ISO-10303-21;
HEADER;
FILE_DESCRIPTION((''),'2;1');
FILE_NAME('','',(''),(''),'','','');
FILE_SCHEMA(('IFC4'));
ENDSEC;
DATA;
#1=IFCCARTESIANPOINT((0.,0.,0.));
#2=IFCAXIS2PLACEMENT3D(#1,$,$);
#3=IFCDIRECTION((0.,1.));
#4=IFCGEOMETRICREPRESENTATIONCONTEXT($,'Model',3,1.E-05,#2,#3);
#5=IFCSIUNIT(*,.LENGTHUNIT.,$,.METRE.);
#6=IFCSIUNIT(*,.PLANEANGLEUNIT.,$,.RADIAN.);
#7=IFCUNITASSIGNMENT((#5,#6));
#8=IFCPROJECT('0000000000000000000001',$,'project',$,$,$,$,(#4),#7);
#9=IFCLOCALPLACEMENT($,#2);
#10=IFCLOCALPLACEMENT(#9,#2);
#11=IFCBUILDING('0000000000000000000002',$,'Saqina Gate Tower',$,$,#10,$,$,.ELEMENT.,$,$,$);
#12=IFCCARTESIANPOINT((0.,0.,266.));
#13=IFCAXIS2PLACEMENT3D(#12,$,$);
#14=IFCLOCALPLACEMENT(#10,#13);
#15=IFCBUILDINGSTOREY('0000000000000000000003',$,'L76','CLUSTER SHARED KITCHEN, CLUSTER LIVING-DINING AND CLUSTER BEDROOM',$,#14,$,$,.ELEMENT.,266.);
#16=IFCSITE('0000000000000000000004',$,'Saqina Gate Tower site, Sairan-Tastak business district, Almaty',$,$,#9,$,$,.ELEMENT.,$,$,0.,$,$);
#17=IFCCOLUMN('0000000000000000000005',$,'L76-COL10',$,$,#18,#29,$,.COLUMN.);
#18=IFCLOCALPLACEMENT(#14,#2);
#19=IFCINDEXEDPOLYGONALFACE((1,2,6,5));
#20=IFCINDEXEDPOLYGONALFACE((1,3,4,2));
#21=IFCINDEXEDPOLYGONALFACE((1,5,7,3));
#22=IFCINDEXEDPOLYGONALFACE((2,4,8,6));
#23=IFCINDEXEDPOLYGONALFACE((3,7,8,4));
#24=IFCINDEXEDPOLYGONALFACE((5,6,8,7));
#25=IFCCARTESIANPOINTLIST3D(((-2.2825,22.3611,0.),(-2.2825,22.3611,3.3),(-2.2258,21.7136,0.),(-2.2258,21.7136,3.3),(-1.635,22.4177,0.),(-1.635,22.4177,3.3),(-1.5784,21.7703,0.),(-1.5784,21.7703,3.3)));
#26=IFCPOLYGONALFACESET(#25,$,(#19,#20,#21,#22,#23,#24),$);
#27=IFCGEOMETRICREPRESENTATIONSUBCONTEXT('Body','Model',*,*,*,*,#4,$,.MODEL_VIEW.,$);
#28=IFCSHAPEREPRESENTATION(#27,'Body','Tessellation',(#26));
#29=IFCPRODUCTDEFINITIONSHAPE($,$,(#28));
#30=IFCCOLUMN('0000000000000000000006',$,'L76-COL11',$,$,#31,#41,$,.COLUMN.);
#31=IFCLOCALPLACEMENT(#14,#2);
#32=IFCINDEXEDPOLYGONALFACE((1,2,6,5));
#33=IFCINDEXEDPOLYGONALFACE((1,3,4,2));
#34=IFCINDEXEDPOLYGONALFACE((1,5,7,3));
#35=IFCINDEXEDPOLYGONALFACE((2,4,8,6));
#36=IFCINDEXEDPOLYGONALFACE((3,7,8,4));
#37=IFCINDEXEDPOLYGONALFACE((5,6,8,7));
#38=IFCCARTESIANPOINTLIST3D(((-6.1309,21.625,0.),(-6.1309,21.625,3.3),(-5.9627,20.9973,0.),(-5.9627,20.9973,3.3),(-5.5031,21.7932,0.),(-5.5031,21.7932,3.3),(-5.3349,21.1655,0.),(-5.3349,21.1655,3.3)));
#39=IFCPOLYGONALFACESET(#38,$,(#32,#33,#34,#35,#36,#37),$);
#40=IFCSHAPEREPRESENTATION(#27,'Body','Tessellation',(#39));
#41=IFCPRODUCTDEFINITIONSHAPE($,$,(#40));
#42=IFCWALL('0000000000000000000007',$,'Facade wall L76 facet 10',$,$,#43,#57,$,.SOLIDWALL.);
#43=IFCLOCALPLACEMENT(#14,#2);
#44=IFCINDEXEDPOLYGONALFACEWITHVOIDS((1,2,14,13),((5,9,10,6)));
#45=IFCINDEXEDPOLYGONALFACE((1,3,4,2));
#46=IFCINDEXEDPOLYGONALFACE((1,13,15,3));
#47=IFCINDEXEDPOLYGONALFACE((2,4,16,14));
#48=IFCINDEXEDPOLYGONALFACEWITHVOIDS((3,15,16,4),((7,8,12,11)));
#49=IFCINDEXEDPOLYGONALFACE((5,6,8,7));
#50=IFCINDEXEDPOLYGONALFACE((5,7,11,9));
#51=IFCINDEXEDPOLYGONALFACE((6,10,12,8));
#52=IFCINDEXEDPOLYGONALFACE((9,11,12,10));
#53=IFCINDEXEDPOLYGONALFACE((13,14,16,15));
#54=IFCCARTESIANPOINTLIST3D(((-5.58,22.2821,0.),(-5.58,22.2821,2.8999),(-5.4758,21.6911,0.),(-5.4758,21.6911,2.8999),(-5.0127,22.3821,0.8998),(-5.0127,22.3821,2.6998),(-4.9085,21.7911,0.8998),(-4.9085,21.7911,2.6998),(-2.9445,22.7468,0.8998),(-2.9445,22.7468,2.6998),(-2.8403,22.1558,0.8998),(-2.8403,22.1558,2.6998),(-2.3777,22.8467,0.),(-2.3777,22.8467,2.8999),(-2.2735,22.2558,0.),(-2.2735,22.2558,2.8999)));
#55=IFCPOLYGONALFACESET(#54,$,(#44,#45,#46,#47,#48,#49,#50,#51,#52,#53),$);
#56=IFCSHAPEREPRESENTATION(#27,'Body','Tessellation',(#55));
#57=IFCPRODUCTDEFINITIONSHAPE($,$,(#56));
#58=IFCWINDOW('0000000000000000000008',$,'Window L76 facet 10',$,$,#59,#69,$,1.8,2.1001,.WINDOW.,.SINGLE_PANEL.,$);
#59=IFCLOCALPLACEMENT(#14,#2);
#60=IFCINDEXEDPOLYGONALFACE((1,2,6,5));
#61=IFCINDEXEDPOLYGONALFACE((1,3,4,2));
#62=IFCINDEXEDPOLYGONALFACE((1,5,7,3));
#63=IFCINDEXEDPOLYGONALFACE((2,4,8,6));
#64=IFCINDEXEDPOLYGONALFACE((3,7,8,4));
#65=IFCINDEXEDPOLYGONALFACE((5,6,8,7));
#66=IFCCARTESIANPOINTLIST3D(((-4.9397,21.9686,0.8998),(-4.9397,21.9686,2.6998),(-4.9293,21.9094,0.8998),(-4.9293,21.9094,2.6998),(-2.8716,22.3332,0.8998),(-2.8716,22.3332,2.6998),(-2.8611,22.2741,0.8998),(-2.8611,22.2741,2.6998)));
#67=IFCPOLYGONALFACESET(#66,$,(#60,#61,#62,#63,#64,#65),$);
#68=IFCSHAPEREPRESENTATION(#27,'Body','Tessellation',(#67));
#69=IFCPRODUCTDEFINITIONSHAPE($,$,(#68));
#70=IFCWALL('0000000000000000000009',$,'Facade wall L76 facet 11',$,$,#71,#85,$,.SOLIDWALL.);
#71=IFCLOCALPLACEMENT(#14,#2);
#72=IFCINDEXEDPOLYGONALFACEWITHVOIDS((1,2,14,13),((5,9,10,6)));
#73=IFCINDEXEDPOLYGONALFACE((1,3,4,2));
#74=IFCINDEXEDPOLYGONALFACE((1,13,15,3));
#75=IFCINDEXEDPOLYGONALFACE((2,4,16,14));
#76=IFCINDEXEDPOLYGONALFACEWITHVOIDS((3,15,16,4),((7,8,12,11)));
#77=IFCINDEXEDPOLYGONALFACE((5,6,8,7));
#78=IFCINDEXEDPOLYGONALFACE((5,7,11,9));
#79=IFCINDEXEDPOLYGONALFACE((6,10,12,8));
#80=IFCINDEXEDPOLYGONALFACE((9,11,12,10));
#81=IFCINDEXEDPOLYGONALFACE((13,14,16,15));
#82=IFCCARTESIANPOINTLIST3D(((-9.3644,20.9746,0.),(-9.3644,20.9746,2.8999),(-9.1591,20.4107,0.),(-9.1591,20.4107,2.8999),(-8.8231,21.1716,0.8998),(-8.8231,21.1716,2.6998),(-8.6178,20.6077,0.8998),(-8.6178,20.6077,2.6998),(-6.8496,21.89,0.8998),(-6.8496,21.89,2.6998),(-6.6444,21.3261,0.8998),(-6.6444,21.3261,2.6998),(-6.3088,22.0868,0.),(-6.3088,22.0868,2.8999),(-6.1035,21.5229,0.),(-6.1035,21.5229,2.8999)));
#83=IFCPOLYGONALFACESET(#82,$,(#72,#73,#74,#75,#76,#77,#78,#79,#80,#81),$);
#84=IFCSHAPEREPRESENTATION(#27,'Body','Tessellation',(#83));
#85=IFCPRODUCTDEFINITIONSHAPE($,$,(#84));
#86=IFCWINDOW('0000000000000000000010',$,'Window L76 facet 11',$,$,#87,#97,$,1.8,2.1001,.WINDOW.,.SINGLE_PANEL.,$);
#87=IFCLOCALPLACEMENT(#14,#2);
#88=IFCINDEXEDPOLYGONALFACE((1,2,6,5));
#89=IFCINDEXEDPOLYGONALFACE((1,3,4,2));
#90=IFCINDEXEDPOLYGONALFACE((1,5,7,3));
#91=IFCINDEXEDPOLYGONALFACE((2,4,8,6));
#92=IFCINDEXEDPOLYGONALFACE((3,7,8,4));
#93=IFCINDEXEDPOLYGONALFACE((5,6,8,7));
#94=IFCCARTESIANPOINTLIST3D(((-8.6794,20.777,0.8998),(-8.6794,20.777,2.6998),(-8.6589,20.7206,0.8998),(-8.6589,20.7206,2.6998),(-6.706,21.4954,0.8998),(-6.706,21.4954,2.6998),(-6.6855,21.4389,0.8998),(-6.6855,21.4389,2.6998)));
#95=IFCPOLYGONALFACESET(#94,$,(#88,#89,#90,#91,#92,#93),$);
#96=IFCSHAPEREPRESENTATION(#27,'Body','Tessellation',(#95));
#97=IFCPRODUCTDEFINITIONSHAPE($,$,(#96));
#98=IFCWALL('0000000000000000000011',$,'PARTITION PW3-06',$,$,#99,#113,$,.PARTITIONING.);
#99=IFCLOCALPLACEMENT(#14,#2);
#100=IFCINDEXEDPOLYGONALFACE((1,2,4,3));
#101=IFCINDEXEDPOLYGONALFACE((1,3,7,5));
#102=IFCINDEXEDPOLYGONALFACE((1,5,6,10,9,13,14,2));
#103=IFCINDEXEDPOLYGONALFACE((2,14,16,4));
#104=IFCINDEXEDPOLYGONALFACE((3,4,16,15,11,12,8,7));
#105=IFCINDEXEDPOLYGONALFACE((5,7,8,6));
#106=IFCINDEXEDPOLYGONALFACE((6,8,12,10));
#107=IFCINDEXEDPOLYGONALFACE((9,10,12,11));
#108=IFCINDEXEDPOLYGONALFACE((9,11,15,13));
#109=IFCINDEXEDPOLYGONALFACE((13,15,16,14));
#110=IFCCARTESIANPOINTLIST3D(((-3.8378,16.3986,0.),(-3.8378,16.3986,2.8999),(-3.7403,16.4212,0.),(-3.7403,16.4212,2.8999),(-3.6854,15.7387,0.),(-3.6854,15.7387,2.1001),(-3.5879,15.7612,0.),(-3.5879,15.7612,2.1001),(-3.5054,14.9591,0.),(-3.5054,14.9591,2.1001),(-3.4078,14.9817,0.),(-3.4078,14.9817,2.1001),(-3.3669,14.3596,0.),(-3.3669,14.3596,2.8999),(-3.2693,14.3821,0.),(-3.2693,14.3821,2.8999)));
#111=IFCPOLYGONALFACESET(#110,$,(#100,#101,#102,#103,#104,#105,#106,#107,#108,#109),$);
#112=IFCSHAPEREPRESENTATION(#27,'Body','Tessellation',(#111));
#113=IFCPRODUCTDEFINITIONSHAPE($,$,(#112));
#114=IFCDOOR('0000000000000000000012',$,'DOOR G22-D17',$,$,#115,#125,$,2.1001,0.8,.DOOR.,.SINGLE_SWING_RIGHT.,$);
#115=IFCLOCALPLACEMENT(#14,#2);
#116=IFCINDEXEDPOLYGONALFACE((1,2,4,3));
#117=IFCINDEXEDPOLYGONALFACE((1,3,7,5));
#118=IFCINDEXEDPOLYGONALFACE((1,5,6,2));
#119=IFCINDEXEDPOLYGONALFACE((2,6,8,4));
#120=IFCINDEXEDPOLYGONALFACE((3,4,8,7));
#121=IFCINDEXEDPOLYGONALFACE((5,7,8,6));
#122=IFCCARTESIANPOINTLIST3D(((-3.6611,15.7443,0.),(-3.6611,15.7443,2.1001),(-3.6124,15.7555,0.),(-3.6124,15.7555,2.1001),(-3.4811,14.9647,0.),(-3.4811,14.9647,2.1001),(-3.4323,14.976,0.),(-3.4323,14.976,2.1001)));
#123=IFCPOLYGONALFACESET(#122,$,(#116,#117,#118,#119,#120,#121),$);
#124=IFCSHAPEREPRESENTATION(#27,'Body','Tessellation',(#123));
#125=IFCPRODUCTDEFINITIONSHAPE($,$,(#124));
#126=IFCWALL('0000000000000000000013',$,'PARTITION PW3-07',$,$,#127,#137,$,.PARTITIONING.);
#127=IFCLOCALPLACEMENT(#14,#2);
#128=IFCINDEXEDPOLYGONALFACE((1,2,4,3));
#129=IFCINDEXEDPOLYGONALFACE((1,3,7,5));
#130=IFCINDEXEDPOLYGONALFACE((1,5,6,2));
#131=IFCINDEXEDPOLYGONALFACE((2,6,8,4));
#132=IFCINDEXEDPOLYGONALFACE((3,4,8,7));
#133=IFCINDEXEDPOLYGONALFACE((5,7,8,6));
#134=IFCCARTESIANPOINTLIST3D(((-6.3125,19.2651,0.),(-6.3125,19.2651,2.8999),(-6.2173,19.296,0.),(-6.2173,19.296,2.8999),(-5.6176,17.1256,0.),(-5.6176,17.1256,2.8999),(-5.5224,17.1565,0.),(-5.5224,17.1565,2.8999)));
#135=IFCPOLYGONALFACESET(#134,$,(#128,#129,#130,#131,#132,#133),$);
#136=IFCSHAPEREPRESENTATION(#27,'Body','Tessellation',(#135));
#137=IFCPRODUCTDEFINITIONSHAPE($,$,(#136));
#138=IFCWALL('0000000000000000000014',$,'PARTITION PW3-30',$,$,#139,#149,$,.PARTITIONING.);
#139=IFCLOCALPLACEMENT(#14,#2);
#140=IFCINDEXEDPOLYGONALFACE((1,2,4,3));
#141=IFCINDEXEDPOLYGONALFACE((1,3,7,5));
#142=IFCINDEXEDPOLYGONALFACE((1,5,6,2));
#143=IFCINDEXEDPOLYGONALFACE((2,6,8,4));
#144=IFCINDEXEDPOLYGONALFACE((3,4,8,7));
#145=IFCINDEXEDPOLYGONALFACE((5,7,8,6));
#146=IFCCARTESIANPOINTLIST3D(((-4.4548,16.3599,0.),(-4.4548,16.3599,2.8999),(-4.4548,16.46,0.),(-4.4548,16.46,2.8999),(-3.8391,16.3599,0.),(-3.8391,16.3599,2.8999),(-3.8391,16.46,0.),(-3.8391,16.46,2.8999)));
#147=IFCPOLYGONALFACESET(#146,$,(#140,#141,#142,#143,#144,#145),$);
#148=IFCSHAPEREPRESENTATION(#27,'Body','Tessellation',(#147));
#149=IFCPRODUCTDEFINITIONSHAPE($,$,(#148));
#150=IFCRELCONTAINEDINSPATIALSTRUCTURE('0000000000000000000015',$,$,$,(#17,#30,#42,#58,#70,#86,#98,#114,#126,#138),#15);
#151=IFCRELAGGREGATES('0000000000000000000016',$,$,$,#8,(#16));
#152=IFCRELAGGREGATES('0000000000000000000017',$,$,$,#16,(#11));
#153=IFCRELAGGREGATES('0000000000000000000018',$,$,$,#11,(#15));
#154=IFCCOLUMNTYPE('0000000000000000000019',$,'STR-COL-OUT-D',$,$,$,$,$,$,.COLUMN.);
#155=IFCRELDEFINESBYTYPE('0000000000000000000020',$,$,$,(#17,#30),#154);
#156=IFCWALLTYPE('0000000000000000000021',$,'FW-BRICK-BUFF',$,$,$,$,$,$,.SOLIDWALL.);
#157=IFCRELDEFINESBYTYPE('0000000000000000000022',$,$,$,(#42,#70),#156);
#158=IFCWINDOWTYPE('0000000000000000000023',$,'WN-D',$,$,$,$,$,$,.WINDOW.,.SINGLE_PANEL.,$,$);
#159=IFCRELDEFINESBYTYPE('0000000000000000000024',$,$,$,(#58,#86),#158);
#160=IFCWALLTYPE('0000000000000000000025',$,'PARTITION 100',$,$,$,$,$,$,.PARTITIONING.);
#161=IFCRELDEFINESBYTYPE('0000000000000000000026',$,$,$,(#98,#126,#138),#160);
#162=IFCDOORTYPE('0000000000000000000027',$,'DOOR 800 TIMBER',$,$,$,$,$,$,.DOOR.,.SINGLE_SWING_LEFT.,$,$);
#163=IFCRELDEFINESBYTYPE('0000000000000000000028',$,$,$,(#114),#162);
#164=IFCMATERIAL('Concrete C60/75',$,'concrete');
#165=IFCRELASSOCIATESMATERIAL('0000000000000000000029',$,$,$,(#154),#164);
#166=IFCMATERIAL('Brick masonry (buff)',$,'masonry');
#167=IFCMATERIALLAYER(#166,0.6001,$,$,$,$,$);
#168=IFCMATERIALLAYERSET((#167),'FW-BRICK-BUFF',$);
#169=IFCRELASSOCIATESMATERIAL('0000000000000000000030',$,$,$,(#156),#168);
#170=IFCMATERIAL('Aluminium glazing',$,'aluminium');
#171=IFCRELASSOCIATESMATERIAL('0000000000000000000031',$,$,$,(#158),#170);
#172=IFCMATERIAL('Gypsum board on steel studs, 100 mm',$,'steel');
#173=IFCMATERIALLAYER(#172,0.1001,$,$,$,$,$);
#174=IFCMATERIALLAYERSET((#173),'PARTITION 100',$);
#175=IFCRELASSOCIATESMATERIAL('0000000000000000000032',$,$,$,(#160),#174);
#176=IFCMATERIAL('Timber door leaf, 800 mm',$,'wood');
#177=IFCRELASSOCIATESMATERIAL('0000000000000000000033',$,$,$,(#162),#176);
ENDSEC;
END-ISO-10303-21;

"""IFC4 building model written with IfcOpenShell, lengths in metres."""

from ifc_helpers import new_model, si_unit, direction, frame, frame_2d, origin, origin_2d, place, context, subcontext, project, spatial, rectangle, extrude, material, layer, layer_set, material_profile, profile_set, type_object, element, fill, save


model = new_model("IFC4")

# Units and contexts
model_context = context("Model", 3, precision=1e-05, world=origin(), true_north=direction((0.0, 1.0)))
body_context = subcontext(model_context, "Body", "Model", "MODEL_VIEW")
ifc_project = project(units=[si_unit("LENGTHUNIT", "METRE"), si_unit("PLANEANGLEUNIT", "RADIAN")], contexts=[model_context])

# Site, building, storey
site_placement = place(None, origin())
site = spatial("IfcSite", under=ifc_project, at=site_placement, Name="Saqina Gate Tower site, Sairan-Tastak business district, Almaty", CompositionType="ELEMENT", RefElevation=0.0)
building_placement = place(site_placement, origin())
building = spatial("IfcBuilding", under=site, at=building_placement, Name="Saqina Gate Tower", CompositionType="ELEMENT")
storey_placement = place(building_placement, frame((0.0, 0.0, 266.0)))
storey = spatial("IfcBuildingStorey", under=building, at=storey_placement, Name="L76", Description="CLUSTER SHARED KITCHEN, CLUSTER LIVING-DINING AND CLUSTER BEDROOM", CompositionType="ELEMENT", Elevation=266.0)

# Columns
ifc_material_1 = material(Name="Concrete C60/75", Category="concrete")
ifc_material_profile = material_profile(ifc_material_1, rectangle(XDim=0.6499, YDim=0.6499, at=origin_2d()), Name="RC 650x650")
ifc_profile_set = profile_set([ifc_material_profile], Name="Concrete C60/75")
column_type = type_object("IfcColumnType", Name="STR-COL-OUT-D", PredefinedType="COLUMN", material=ifc_profile_set)
for number, where, z_axis, x_axis, name in (
    (1, (-1.9304, 22.0657, 0.0), (0.0, 0.0, 1.0), (-0.087156, 0.996195, 0.0), "L76-COL10"),
    (2, (-5.7329, 21.3953, 0.0), (0.0, 0.0, 1.0), (-0.258819, 0.965926, 0.0), "L76-COL11"),
):
    element("IfcColumn", number, at=place(storey_placement, frame(where, z_axis=z_axis, x_axis=x_axis)), inside=storey, type_object=column_type, Name=name, PredefinedType="COLUMN", context=body_context, shape_type="SweptSolid", body=[
        extrude(rectangle(XDim=0.6499, YDim=0.6499, at=origin_2d()), origin(), (0.0, 0.0, 1.0), 3.3),
    ])

# Walls, openings, windows
ifc_material_2 = material(Name="Brick masonry (buff)", Category="masonry")
ifc_layer_1 = layer(ifc_material_2, 0.6001)
ifc_layer_set_1 = layer_set([ifc_layer_1], Name="FW-BRICK-BUFF")
wall_type_1 = type_object("IfcWallType", Name="FW-BRICK-BUFF", PredefinedType="SOLIDWALL", material=ifc_layer_set_1)
wall_1_placement = place(storey_placement, frame((-2.3254, 22.5513, 0.0), z_axis=(0.0, 0.0, 1.0), x_axis=(-0.984806, -0.173657, 0.0)))
wall_1 = element("IfcWall", 3, at=wall_1_placement, inside=storey, type_object=wall_type_1, Name="Facade wall L76 facet 10", PredefinedType="SOLIDWALL", context=body_context, shape_type="SweptSolid", body=[
    extrude(rectangle(XDim=3.2517, YDim=0.6001, at=frame_2d((1.626, 0.0))), origin(), (0.0, 0.0, 1.0), 2.8999),
])
opening_1_placement = place(wall_1_placement, frame((0.5757, 0.0, 0.8999)))
opening_1 = element("IfcOpeningElement", 4, at=opening_1_placement, cuts=wall_1, PredefinedType="OPENING", context=body_context, shape_type="SweptSolid", body=[
    extrude(rectangle(XDim=2.1001, YDim=1.8, at=frame_2d((1.05, 0.8999))), frame((0.0, 0.312, 0.0), z_axis=(0.0, -1.0, 0.0), x_axis=(1.0, 0.0, 0.0)), (0.0, 0.0, 1.0), 0.624),
])
ifc_material_3 = material(Name="Aluminium glazing", Category="aluminium")
window_type = type_object("IfcWindowType", Name="WN-D", PartitioningType="SINGLE_PANEL", PredefinedType="WINDOW", material=ifc_material_3)
window_1_placement = place(opening_1_placement, origin())
window_1 = element("IfcWindow", 5, at=window_1_placement, inside=storey, type_object=window_type, Name="Window L76 facet 10", OverallHeight=1.8, OverallWidth=2.1001, PartitioningType="SINGLE_PANEL", PredefinedType="WINDOW", context=body_context, shape_type="SweptSolid", body=[
    extrude(rectangle(XDim=2.1001, YDim=1.8, at=frame_2d((1.05, 0.8999))), frame((0.0, 0.1799, 0.0), z_axis=(0.0, -1.0, 0.0), x_axis=(1.0, 0.0, 0.0)), (0.0, 0.0, 1.0), 0.0601),
])
fill(opening_1, window_1)
wall_2_placement = place(storey_placement, frame((-6.2061, 21.8049, 0.0), z_axis=(0.0, 0.0, 1.0), x_axis=(-0.939679, -0.342057, 0.0)))
wall_2 = element("IfcWall", 6, at=wall_2_placement, inside=storey, type_object=wall_type_1, Name="Facade wall L76 facet 11", PredefinedType="SOLIDWALL", context=body_context, shape_type="SweptSolid", body=[
    extrude(rectangle(XDim=3.2517, YDim=0.6001, at=frame_2d((1.626, 0.0))), origin(), (0.0, 0.0, 1.0), 2.8999),
])
opening_2_placement = place(wall_2_placement, frame((0.5757, 0.0, 0.8999)))
opening_2 = element("IfcOpeningElement", 7, at=opening_2_placement, cuts=wall_2, PredefinedType="OPENING", context=body_context, shape_type="SweptSolid", body=[
    extrude(rectangle(XDim=2.1001, YDim=1.8, at=frame_2d((1.05, 0.8999))), frame((0.0, 0.312, 0.0), z_axis=(0.0, -1.0, 0.0), x_axis=(1.0, 0.0, 0.0)), (0.0, 0.0, 1.0), 0.624),
])
window_2_placement = place(opening_2_placement, origin())
window_2 = element("IfcWindow", 8, at=window_2_placement, inside=storey, type_object=window_type, Name="Window L76 facet 11", OverallHeight=1.8, OverallWidth=2.1001, PartitioningType="SINGLE_PANEL", PredefinedType="WINDOW", context=body_context, shape_type="SweptSolid", body=[
    extrude(rectangle(XDim=2.1001, YDim=1.8, at=frame_2d((1.05, 0.8999))), frame((0.0, 0.1799, 0.0), z_axis=(0.0, -1.0, 0.0), x_axis=(1.0, 0.0, 0.0)), (0.0, 0.0, 1.0), 0.0601),
])
fill(opening_2, window_2)

# Wall, opening, door
ifc_material_4 = material(Name="Gypsum board on steel studs, 100 mm", Category="steel")
ifc_layer_2 = layer(ifc_material_4, 0.1001)
ifc_layer_set_2 = layer_set([ifc_layer_2], Name="PARTITION 100")
wall_type_2 = type_object("IfcWallType", Name="PARTITION 100", PredefinedType="PARTITIONING", material=ifc_layer_set_2)
wall_3_placement = place(storey_placement, frame((-3.7891, 16.4099, 0.0), z_axis=(0.0, 0.0, 1.0), x_axis=(0.225038, -0.97435, 0.0)))
wall_3 = element("IfcWall", 9, at=wall_3_placement, inside=storey, type_object=wall_type_2, Name="PARTITION PW3-06", PredefinedType="PARTITIONING", context=body_context, shape_type="SweptSolid", body=[
    extrude(rectangle(XDim=2.0928, YDim=0.1001, at=frame_2d((1.0464, 0.0))), origin(), (0.0, 0.0, 1.0), 2.8999),
])
opening_3_placement = place(wall_3_placement, frame((0.6775, 0.0, 0.0)))
opening_3 = element("IfcOpeningElement", 10, at=opening_3_placement, cuts=wall_3, PredefinedType="OPENING", context=body_context, shape_type="SweptSolid", body=[
    extrude(rectangle(XDim=0.8, YDim=2.1001, at=frame_2d((0.3999, 1.05))), frame((0.0, 0.062, 0.0), z_axis=(0.0, -1.0, 0.0), x_axis=(1.0, 0.0, 0.0)), (0.0, 0.0, 1.0), 0.124),
])
ifc_material_5 = material(Name="Timber door leaf, 800 mm", Category="wood")
door_type_1 = type_object("IfcDoorType", Name="DOOR 800 TIMBER", OperationType="SINGLE_SWING_LEFT", PredefinedType="DOOR", material=ifc_material_5)
door_1_placement = place(opening_3_placement, origin())
door_1 = element("IfcDoor", 11, at=door_1_placement, inside=storey, type_object=door_type_1, Name="DOOR G22-D17", OperationType="SINGLE_SWING_RIGHT", OverallHeight=2.1001, OverallWidth=0.8, PredefinedType="DOOR", context=body_context, shape_type="SweptSolid", body=[
    extrude(rectangle(XDim=0.8, YDim=2.1001, at=frame_2d((0.3999, 1.05))), frame((0.0, 0.0249, 0.0), z_axis=(0.0, -1.0, 0.0), x_axis=(1.0, 0.0, 0.0)), (0.0, 0.0, 1.0), 0.05),
])
fill(opening_3, door_1)

# Walls
wall_4_placement = place(storey_placement, frame((-6.2649, 19.2805, 0.0), z_axis=(0.0, 0.0, 1.0), x_axis=(0.308892, -0.951097, 0.0)))
element("IfcWall", 12, at=wall_4_placement, inside=storey, type_object=wall_type_2, Name="PARTITION PW3-07", PredefinedType="PARTITIONING", context=body_context, shape_type="SweptSolid", body=[
    extrude(rectangle(XDim=2.2495, YDim=0.1001, at=frame_2d((1.1248, 0.0))), origin(), (0.0, 0.0, 1.0), 2.8999),
])
wall_5_placement = place(storey_placement, frame((-4.4548, 16.4099, 0.0), z_axis=(0.0, 0.0, 1.0), x_axis=(1.0, 0.0, 0.0)))
element("IfcWall", 13, at=wall_5_placement, inside=storey, type_object=wall_type_2, Name="PARTITION PW3-30", PredefinedType="PARTITIONING", context=body_context, shape_type="SweptSolid", body=[
    extrude(rectangle(XDim=0.6157, YDim=0.1001, at=frame_2d((0.3079, 0.0))), origin(), (0.0, 0.0, 1.0), 2.8999),
])

save(model, "model.ifc")
